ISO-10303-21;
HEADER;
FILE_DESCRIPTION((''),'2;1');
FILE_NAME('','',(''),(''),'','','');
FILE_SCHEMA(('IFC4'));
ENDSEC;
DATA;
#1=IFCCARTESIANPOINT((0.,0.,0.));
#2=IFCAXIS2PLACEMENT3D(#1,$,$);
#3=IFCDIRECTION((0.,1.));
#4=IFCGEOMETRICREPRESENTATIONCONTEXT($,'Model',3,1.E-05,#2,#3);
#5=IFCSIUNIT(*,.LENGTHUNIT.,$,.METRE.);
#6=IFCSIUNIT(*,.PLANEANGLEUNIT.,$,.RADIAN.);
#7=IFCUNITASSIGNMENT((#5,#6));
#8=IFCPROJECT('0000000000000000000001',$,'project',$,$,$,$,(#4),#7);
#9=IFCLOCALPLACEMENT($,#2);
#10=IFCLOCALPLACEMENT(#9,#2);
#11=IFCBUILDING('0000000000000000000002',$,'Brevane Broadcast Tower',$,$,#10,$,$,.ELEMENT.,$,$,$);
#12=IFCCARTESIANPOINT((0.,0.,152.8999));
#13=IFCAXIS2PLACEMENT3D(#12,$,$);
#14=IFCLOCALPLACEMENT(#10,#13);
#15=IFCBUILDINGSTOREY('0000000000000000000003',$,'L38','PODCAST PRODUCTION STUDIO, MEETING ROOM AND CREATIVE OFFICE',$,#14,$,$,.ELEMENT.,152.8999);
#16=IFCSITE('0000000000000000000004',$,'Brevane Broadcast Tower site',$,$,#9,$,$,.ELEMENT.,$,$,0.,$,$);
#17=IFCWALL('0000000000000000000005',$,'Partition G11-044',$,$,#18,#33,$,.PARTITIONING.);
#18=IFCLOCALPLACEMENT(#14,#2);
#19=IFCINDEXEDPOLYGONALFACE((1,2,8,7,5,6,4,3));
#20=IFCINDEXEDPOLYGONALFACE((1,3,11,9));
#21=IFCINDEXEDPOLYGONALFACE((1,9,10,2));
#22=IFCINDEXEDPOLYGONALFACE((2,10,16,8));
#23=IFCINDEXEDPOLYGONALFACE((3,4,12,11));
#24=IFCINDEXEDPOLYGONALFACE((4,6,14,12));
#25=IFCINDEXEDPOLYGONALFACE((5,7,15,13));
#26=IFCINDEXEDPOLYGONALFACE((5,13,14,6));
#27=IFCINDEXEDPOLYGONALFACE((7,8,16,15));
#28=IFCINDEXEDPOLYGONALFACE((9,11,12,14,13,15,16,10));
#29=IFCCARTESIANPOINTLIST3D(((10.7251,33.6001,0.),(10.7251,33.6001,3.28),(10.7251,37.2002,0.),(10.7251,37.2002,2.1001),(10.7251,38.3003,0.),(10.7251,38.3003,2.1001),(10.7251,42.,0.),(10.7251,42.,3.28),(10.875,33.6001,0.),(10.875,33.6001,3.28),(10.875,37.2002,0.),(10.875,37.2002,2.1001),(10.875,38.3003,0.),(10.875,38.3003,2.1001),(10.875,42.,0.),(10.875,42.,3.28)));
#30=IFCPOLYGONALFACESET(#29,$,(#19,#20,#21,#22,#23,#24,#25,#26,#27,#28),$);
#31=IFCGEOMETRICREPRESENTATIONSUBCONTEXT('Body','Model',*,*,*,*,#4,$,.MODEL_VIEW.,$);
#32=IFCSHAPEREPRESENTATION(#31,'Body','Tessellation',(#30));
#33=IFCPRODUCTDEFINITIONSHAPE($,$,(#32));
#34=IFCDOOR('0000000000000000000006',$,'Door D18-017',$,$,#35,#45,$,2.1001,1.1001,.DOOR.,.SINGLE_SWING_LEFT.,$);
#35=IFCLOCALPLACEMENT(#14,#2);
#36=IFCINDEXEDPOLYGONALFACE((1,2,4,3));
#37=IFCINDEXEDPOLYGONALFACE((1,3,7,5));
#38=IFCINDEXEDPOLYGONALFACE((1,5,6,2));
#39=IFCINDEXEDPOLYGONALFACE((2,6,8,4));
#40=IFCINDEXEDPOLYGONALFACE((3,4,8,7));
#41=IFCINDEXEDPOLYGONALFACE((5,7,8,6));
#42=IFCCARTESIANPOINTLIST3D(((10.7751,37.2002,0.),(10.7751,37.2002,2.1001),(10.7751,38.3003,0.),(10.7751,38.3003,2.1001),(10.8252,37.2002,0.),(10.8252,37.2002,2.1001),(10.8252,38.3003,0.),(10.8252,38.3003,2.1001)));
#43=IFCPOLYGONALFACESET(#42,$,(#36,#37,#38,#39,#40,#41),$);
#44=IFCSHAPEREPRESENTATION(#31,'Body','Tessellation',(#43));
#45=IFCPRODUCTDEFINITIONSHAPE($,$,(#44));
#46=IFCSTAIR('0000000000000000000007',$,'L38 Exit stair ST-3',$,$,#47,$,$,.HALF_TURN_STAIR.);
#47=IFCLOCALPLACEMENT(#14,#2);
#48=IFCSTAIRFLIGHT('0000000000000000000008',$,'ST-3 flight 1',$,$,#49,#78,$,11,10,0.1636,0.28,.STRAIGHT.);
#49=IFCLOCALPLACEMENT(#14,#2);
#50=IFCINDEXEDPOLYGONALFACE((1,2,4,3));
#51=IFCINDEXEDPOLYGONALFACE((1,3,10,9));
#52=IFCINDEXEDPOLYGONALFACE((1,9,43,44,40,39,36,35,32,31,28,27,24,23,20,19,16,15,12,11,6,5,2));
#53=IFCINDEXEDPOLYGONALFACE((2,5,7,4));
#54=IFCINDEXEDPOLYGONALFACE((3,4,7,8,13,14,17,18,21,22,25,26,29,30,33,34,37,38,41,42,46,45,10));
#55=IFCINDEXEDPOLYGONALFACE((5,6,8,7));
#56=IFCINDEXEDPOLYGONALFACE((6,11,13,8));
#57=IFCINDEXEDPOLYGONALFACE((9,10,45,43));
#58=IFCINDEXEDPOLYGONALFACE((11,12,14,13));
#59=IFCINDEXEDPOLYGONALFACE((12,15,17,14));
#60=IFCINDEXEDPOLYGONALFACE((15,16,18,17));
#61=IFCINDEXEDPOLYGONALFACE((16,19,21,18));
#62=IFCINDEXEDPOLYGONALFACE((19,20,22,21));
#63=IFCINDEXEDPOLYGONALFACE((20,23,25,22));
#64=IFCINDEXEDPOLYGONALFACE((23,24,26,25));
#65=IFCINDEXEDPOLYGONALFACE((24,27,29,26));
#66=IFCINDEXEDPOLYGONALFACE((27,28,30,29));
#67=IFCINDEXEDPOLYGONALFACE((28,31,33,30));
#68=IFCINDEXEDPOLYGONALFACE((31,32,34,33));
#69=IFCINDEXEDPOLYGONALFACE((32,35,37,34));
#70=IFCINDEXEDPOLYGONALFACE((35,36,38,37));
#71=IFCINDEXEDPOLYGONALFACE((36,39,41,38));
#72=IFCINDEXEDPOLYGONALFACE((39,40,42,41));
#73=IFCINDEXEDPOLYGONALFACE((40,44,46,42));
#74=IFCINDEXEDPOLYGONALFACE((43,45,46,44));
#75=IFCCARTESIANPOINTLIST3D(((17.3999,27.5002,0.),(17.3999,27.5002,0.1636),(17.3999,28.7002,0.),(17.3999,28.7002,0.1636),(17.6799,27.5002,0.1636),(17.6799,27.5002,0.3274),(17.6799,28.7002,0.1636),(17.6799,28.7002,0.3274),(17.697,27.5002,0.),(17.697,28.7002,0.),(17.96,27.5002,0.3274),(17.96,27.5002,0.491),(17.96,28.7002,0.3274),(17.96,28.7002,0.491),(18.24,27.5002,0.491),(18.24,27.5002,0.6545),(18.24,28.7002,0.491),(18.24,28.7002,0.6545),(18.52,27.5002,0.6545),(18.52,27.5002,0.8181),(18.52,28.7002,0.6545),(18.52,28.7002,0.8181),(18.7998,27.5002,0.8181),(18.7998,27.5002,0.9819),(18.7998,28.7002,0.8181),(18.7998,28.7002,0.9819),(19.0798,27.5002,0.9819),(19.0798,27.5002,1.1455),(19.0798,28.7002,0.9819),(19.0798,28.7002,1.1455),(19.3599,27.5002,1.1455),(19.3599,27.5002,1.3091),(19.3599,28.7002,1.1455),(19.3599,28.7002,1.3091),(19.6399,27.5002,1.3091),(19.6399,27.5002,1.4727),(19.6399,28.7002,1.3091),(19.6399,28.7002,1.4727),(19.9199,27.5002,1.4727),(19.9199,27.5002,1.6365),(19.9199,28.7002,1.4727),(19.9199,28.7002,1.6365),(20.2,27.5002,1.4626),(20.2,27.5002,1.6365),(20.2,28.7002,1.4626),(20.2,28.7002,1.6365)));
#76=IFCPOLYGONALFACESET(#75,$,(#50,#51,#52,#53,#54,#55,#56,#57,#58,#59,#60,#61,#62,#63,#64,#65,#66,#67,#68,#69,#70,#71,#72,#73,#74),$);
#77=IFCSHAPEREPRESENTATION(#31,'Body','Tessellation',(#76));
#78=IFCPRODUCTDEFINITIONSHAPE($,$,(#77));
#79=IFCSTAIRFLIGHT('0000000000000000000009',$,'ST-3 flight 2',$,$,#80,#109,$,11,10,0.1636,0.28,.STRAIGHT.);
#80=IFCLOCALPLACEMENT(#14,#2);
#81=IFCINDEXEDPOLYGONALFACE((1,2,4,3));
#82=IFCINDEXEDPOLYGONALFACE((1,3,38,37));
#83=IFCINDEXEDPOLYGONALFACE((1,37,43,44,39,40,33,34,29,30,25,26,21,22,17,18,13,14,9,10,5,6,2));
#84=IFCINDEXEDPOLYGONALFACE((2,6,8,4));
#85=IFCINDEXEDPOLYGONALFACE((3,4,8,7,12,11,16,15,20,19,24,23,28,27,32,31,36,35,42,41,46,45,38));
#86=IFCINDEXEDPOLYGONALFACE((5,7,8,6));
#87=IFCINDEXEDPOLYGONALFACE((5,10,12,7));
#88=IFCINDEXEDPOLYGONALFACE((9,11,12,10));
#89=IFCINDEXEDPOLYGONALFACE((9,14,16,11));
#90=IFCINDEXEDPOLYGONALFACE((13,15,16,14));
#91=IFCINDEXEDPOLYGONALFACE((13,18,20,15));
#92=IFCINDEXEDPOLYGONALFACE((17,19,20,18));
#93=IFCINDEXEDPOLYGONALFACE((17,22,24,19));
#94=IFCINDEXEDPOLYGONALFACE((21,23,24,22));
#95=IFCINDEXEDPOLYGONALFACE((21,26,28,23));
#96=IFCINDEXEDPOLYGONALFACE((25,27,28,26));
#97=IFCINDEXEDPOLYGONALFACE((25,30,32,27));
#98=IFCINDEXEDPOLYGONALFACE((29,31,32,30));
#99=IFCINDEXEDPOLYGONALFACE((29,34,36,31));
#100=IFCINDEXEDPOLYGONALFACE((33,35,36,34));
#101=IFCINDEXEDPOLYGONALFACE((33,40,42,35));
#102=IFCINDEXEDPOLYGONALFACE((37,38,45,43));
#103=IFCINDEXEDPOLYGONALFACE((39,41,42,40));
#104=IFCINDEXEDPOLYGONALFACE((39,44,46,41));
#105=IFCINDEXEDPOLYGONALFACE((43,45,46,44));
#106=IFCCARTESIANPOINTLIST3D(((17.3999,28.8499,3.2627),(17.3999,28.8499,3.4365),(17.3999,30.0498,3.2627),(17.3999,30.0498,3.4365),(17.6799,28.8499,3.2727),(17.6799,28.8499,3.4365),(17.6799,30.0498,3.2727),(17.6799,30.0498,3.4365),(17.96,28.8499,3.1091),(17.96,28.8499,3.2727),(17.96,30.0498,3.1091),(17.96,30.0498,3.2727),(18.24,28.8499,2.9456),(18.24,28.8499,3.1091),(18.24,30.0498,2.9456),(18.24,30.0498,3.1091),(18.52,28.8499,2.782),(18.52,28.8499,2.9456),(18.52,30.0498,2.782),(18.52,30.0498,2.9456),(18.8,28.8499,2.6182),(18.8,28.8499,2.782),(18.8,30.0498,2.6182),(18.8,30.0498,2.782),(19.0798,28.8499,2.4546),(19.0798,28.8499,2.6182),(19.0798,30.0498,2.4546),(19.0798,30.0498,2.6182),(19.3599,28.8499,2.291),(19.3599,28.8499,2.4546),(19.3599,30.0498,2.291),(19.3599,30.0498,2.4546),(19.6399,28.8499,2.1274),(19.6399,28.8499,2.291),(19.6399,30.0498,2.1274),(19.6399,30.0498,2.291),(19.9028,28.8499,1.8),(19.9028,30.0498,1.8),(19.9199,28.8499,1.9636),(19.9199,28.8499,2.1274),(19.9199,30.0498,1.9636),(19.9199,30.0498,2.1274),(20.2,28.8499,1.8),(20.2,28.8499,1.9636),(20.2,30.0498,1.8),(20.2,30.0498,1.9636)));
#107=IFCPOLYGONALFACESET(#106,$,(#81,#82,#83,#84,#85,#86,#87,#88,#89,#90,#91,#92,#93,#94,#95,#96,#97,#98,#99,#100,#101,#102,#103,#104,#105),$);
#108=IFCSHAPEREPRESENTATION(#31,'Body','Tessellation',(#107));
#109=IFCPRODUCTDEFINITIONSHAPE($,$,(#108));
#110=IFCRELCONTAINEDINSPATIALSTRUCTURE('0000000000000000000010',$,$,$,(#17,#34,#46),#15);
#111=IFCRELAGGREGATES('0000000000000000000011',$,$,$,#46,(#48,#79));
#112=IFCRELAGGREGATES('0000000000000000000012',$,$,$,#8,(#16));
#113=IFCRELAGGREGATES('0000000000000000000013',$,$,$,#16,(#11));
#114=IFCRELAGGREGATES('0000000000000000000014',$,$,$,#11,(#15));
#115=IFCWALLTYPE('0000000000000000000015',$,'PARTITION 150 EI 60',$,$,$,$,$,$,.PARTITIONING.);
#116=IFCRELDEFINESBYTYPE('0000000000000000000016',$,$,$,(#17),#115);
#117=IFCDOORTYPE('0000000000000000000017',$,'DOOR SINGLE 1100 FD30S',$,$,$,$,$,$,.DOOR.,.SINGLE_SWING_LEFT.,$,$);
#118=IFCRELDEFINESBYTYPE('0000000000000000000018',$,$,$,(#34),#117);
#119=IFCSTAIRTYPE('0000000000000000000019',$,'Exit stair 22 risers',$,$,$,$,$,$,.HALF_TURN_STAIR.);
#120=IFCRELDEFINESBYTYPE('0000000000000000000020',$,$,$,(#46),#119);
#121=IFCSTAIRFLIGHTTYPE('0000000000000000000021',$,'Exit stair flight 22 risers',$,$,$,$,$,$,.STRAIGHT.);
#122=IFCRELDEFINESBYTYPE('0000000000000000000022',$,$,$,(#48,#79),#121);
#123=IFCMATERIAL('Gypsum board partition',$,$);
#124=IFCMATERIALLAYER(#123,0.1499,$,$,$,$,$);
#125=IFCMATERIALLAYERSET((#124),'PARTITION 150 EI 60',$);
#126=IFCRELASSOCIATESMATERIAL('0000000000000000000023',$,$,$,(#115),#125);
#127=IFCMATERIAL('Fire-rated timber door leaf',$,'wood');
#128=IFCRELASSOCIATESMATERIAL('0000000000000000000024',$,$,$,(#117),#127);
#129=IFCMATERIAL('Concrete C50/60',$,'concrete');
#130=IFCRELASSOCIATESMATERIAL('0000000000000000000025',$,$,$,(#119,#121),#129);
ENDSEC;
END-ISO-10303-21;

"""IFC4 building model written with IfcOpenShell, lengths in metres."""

from ifc_helpers import new_model, si_unit, direction, frame, frame_2d, origin, place, context, subcontext, project, spatial, polyline, rectangle, outline, extrude, material, layer, layer_set, type_object, element, fill, aggregate, save


model = new_model("IFC4")

# Units and contexts
model_context = context("Model", 3, precision=1e-05, world=origin(), true_north=direction((0.0, 1.0)))
body_context = subcontext(model_context, "Body", "Model", "MODEL_VIEW")
ifc_project = project(units=[si_unit("LENGTHUNIT", "METRE"), si_unit("PLANEANGLEUNIT", "RADIAN")], contexts=[model_context])

# Site, building, storey
site_placement = place(None, origin())
site = spatial("IfcSite", under=ifc_project, at=site_placement, Name="Brevane Broadcast Tower site", CompositionType="ELEMENT", RefElevation=0.0)
building_placement = place(site_placement, origin())
building = spatial("IfcBuilding", under=site, at=building_placement, Name="Brevane Broadcast Tower", CompositionType="ELEMENT")
storey_placement = place(building_placement, frame((0.0, 0.0, 152.8999)))
storey = spatial("IfcBuildingStorey", under=building, at=storey_placement, Name="L38", Description="PODCAST PRODUCTION STUDIO, MEETING ROOM AND CREATIVE OFFICE", CompositionType="ELEMENT", Elevation=152.8999)

# Shared definitions
ifc_material_1 = material(Name="Gypsum board partition")

# Shared definitions
ifc_layer_1 = layer(ifc_material_1, 0.1499)
ifc_layer_set_1 = layer_set([ifc_layer_1], Name="PARTITION 150 EI 60")
wall_type_1 = type_object("IfcWallType", Name="PARTITION 150 EI 60", PredefinedType="PARTITIONING", material=ifc_layer_set_1)
ifc_material_2 = material(Name="Fire-rated timber door leaf", Category="wood")
door_type_1 = type_object("IfcDoorType", Name="DOOR SINGLE 1100 FD30S", OperationType="SINGLE_SWING_LEFT", PredefinedType="DOOR", material=ifc_material_2)

# Wall, opening, door
wall_1_placement = place(storey_placement, frame((10.8, 33.6001, 0.0), z_axis=(0.0, 0.0, 1.0), x_axis=(0.0, 1.0, 0.0)))
wall_1 = element("IfcWall", 1, at=wall_1_placement, inside=storey, type_object=wall_type_1, Name="Partition G11-044", PredefinedType="PARTITIONING", context=body_context, shape_type="SweptSolid", body=[
    extrude(rectangle(XDim=8.3999, YDim=0.1499, at=frame_2d((4.2, 0.0))), origin(), (0.0, 0.0, 1.0), 3.28),
])
opening_1_placement = place(wall_1_placement, frame((3.6001, 0.0, 0.0)))
opening_1 = element("IfcOpeningElement", 2, at=opening_1_placement, cuts=wall_1, PredefinedType="OPENING", context=body_context, shape_type="SweptSolid", body=[
    extrude(rectangle(XDim=1.1001, YDim=2.1001, at=frame_2d((0.55, 1.05))), frame((0.0, 0.085, 0.0), z_axis=(0.0, -1.0, 0.0), x_axis=(1.0, 0.0, 0.0)), (0.0, 0.0, 1.0), 0.1699),
])
door_1_placement = place(opening_1_placement, origin())
door_1 = element("IfcDoor", 3, at=door_1_placement, inside=storey, type_object=door_type_1, Name="Door D18-017", OperationType="SINGLE_SWING_LEFT", OverallHeight=2.1001, OverallWidth=1.1001, PredefinedType="DOOR", context=body_context, shape_type="SweptSolid", body=[
    extrude(rectangle(XDim=1.1001, YDim=2.1001, at=frame_2d((0.55, 1.05))), frame((0.0, 0.0249, 0.0), z_axis=(0.0, -1.0, 0.0), x_axis=(1.0, 0.0, 0.0)), (0.0, 0.0, 1.0), 0.05),
])
fill(opening_1, door_1)

# Stair, stair flights
ifc_material_3 = material(Name="Concrete C50/60", Category="concrete")
stair_type = type_object("IfcStairType", Name="Exit stair 22 risers", PredefinedType="HALF_TURN_STAIR", material=ifc_material_3)
stair_placement = place(storey_placement, origin())
stair = element("IfcStair", 4, at=stair_placement, inside=storey, type_object=stair_type, Name="L38 Exit stair ST-3", PredefinedType="HALF_TURN_STAIR")
stair_flight_type = type_object("IfcStairFlightType", Name="Exit stair flight 22 risers", PredefinedType="STRAIGHT", material=ifc_material_3)
stair_flight_1_placement = place(storey_placement, frame((17.3999, 28.1001, 0.0), z_axis=(0.0, 0.0, 1.0), x_axis=(1.0, 0.0, 0.0)))
stair_flight_1 = element("IfcStairFlight", 5, at=stair_flight_1_placement, type_object=stair_flight_type, Name="ST-3 flight 1", NumberOfRisers=11, NumberOfTreads=10, PredefinedType="STRAIGHT", RiserHeight=0.1636, TreadLength=0.28, context=body_context, shape_type="SweptSolid", body=[
    extrude(outline(polyline([(0.0, 0.0), (0.0, 0.1636), (0.28, 0.1636), (0.28, 0.3274), (0.5601, 0.3274), (0.5601, 0.491), (0.8401, 0.491), (0.8401, 0.6545), (1.1201, 0.6545), (1.1201, 0.8181), (1.3999, 0.8181), (1.3999, 0.9819), (1.6799, 0.9819), (1.6799, 1.1455), (1.96, 1.1455), (1.96, 1.3091), (2.24, 1.3091), (2.24, 1.4727), (2.52, 1.4727), (2.52, 1.6365), (2.8, 1.6365), (2.8, 1.8), (2.8, 1.4626), (0.2971, 0.0), (0.0, 0.0)])), frame((0.0, 0.6001, 0.0), z_axis=(0.0, -1.0, 0.0), x_axis=(1.0, 0.0, 0.0)), (0.0, 0.0, 1.0), 1.2),
])
stair_flight_2_placement = place(storey_placement, frame((20.2, 29.45, 1.8), z_axis=(0.0, 0.0, 1.0), x_axis=(-1.0, 0.0, 0.0)))
stair_flight_2 = element("IfcStairFlight", 6, at=stair_flight_2_placement, type_object=stair_flight_type, Name="ST-3 flight 2", NumberOfRisers=11, NumberOfTreads=10, PredefinedType="STRAIGHT", RiserHeight=0.1636, TreadLength=0.28, context=body_context, shape_type="SweptSolid", body=[
    extrude(outline(polyline([(0.0, 0.0), (0.0, 0.1636), (0.28, 0.1636), (0.28, 0.3274), (0.5601, 0.3274), (0.5601, 0.491), (0.8401, 0.491), (0.8401, 0.6545), (1.1201, 0.6545), (1.1201, 0.8181), (1.3999, 0.8181), (1.3999, 0.9819), (1.6799, 0.9819), (1.6799, 1.1455), (1.96, 1.1455), (1.96, 1.3091), (2.24, 1.3091), (2.24, 1.4727), (2.52, 1.4727), (2.52, 1.6365), (2.8, 1.6365), (2.8, 1.8), (2.8, 1.4626), (0.2971, 0.0), (0.0, 0.0)])), frame((0.0, 0.6001, 0.0), z_axis=(0.0, -1.0, 0.0), x_axis=(1.0, 0.0, 0.0)), (0.0, 0.0, 1.0), 1.2),
])
aggregate(stair, [stair_flight_1, stair_flight_2])

save(model, "model.ifc")
